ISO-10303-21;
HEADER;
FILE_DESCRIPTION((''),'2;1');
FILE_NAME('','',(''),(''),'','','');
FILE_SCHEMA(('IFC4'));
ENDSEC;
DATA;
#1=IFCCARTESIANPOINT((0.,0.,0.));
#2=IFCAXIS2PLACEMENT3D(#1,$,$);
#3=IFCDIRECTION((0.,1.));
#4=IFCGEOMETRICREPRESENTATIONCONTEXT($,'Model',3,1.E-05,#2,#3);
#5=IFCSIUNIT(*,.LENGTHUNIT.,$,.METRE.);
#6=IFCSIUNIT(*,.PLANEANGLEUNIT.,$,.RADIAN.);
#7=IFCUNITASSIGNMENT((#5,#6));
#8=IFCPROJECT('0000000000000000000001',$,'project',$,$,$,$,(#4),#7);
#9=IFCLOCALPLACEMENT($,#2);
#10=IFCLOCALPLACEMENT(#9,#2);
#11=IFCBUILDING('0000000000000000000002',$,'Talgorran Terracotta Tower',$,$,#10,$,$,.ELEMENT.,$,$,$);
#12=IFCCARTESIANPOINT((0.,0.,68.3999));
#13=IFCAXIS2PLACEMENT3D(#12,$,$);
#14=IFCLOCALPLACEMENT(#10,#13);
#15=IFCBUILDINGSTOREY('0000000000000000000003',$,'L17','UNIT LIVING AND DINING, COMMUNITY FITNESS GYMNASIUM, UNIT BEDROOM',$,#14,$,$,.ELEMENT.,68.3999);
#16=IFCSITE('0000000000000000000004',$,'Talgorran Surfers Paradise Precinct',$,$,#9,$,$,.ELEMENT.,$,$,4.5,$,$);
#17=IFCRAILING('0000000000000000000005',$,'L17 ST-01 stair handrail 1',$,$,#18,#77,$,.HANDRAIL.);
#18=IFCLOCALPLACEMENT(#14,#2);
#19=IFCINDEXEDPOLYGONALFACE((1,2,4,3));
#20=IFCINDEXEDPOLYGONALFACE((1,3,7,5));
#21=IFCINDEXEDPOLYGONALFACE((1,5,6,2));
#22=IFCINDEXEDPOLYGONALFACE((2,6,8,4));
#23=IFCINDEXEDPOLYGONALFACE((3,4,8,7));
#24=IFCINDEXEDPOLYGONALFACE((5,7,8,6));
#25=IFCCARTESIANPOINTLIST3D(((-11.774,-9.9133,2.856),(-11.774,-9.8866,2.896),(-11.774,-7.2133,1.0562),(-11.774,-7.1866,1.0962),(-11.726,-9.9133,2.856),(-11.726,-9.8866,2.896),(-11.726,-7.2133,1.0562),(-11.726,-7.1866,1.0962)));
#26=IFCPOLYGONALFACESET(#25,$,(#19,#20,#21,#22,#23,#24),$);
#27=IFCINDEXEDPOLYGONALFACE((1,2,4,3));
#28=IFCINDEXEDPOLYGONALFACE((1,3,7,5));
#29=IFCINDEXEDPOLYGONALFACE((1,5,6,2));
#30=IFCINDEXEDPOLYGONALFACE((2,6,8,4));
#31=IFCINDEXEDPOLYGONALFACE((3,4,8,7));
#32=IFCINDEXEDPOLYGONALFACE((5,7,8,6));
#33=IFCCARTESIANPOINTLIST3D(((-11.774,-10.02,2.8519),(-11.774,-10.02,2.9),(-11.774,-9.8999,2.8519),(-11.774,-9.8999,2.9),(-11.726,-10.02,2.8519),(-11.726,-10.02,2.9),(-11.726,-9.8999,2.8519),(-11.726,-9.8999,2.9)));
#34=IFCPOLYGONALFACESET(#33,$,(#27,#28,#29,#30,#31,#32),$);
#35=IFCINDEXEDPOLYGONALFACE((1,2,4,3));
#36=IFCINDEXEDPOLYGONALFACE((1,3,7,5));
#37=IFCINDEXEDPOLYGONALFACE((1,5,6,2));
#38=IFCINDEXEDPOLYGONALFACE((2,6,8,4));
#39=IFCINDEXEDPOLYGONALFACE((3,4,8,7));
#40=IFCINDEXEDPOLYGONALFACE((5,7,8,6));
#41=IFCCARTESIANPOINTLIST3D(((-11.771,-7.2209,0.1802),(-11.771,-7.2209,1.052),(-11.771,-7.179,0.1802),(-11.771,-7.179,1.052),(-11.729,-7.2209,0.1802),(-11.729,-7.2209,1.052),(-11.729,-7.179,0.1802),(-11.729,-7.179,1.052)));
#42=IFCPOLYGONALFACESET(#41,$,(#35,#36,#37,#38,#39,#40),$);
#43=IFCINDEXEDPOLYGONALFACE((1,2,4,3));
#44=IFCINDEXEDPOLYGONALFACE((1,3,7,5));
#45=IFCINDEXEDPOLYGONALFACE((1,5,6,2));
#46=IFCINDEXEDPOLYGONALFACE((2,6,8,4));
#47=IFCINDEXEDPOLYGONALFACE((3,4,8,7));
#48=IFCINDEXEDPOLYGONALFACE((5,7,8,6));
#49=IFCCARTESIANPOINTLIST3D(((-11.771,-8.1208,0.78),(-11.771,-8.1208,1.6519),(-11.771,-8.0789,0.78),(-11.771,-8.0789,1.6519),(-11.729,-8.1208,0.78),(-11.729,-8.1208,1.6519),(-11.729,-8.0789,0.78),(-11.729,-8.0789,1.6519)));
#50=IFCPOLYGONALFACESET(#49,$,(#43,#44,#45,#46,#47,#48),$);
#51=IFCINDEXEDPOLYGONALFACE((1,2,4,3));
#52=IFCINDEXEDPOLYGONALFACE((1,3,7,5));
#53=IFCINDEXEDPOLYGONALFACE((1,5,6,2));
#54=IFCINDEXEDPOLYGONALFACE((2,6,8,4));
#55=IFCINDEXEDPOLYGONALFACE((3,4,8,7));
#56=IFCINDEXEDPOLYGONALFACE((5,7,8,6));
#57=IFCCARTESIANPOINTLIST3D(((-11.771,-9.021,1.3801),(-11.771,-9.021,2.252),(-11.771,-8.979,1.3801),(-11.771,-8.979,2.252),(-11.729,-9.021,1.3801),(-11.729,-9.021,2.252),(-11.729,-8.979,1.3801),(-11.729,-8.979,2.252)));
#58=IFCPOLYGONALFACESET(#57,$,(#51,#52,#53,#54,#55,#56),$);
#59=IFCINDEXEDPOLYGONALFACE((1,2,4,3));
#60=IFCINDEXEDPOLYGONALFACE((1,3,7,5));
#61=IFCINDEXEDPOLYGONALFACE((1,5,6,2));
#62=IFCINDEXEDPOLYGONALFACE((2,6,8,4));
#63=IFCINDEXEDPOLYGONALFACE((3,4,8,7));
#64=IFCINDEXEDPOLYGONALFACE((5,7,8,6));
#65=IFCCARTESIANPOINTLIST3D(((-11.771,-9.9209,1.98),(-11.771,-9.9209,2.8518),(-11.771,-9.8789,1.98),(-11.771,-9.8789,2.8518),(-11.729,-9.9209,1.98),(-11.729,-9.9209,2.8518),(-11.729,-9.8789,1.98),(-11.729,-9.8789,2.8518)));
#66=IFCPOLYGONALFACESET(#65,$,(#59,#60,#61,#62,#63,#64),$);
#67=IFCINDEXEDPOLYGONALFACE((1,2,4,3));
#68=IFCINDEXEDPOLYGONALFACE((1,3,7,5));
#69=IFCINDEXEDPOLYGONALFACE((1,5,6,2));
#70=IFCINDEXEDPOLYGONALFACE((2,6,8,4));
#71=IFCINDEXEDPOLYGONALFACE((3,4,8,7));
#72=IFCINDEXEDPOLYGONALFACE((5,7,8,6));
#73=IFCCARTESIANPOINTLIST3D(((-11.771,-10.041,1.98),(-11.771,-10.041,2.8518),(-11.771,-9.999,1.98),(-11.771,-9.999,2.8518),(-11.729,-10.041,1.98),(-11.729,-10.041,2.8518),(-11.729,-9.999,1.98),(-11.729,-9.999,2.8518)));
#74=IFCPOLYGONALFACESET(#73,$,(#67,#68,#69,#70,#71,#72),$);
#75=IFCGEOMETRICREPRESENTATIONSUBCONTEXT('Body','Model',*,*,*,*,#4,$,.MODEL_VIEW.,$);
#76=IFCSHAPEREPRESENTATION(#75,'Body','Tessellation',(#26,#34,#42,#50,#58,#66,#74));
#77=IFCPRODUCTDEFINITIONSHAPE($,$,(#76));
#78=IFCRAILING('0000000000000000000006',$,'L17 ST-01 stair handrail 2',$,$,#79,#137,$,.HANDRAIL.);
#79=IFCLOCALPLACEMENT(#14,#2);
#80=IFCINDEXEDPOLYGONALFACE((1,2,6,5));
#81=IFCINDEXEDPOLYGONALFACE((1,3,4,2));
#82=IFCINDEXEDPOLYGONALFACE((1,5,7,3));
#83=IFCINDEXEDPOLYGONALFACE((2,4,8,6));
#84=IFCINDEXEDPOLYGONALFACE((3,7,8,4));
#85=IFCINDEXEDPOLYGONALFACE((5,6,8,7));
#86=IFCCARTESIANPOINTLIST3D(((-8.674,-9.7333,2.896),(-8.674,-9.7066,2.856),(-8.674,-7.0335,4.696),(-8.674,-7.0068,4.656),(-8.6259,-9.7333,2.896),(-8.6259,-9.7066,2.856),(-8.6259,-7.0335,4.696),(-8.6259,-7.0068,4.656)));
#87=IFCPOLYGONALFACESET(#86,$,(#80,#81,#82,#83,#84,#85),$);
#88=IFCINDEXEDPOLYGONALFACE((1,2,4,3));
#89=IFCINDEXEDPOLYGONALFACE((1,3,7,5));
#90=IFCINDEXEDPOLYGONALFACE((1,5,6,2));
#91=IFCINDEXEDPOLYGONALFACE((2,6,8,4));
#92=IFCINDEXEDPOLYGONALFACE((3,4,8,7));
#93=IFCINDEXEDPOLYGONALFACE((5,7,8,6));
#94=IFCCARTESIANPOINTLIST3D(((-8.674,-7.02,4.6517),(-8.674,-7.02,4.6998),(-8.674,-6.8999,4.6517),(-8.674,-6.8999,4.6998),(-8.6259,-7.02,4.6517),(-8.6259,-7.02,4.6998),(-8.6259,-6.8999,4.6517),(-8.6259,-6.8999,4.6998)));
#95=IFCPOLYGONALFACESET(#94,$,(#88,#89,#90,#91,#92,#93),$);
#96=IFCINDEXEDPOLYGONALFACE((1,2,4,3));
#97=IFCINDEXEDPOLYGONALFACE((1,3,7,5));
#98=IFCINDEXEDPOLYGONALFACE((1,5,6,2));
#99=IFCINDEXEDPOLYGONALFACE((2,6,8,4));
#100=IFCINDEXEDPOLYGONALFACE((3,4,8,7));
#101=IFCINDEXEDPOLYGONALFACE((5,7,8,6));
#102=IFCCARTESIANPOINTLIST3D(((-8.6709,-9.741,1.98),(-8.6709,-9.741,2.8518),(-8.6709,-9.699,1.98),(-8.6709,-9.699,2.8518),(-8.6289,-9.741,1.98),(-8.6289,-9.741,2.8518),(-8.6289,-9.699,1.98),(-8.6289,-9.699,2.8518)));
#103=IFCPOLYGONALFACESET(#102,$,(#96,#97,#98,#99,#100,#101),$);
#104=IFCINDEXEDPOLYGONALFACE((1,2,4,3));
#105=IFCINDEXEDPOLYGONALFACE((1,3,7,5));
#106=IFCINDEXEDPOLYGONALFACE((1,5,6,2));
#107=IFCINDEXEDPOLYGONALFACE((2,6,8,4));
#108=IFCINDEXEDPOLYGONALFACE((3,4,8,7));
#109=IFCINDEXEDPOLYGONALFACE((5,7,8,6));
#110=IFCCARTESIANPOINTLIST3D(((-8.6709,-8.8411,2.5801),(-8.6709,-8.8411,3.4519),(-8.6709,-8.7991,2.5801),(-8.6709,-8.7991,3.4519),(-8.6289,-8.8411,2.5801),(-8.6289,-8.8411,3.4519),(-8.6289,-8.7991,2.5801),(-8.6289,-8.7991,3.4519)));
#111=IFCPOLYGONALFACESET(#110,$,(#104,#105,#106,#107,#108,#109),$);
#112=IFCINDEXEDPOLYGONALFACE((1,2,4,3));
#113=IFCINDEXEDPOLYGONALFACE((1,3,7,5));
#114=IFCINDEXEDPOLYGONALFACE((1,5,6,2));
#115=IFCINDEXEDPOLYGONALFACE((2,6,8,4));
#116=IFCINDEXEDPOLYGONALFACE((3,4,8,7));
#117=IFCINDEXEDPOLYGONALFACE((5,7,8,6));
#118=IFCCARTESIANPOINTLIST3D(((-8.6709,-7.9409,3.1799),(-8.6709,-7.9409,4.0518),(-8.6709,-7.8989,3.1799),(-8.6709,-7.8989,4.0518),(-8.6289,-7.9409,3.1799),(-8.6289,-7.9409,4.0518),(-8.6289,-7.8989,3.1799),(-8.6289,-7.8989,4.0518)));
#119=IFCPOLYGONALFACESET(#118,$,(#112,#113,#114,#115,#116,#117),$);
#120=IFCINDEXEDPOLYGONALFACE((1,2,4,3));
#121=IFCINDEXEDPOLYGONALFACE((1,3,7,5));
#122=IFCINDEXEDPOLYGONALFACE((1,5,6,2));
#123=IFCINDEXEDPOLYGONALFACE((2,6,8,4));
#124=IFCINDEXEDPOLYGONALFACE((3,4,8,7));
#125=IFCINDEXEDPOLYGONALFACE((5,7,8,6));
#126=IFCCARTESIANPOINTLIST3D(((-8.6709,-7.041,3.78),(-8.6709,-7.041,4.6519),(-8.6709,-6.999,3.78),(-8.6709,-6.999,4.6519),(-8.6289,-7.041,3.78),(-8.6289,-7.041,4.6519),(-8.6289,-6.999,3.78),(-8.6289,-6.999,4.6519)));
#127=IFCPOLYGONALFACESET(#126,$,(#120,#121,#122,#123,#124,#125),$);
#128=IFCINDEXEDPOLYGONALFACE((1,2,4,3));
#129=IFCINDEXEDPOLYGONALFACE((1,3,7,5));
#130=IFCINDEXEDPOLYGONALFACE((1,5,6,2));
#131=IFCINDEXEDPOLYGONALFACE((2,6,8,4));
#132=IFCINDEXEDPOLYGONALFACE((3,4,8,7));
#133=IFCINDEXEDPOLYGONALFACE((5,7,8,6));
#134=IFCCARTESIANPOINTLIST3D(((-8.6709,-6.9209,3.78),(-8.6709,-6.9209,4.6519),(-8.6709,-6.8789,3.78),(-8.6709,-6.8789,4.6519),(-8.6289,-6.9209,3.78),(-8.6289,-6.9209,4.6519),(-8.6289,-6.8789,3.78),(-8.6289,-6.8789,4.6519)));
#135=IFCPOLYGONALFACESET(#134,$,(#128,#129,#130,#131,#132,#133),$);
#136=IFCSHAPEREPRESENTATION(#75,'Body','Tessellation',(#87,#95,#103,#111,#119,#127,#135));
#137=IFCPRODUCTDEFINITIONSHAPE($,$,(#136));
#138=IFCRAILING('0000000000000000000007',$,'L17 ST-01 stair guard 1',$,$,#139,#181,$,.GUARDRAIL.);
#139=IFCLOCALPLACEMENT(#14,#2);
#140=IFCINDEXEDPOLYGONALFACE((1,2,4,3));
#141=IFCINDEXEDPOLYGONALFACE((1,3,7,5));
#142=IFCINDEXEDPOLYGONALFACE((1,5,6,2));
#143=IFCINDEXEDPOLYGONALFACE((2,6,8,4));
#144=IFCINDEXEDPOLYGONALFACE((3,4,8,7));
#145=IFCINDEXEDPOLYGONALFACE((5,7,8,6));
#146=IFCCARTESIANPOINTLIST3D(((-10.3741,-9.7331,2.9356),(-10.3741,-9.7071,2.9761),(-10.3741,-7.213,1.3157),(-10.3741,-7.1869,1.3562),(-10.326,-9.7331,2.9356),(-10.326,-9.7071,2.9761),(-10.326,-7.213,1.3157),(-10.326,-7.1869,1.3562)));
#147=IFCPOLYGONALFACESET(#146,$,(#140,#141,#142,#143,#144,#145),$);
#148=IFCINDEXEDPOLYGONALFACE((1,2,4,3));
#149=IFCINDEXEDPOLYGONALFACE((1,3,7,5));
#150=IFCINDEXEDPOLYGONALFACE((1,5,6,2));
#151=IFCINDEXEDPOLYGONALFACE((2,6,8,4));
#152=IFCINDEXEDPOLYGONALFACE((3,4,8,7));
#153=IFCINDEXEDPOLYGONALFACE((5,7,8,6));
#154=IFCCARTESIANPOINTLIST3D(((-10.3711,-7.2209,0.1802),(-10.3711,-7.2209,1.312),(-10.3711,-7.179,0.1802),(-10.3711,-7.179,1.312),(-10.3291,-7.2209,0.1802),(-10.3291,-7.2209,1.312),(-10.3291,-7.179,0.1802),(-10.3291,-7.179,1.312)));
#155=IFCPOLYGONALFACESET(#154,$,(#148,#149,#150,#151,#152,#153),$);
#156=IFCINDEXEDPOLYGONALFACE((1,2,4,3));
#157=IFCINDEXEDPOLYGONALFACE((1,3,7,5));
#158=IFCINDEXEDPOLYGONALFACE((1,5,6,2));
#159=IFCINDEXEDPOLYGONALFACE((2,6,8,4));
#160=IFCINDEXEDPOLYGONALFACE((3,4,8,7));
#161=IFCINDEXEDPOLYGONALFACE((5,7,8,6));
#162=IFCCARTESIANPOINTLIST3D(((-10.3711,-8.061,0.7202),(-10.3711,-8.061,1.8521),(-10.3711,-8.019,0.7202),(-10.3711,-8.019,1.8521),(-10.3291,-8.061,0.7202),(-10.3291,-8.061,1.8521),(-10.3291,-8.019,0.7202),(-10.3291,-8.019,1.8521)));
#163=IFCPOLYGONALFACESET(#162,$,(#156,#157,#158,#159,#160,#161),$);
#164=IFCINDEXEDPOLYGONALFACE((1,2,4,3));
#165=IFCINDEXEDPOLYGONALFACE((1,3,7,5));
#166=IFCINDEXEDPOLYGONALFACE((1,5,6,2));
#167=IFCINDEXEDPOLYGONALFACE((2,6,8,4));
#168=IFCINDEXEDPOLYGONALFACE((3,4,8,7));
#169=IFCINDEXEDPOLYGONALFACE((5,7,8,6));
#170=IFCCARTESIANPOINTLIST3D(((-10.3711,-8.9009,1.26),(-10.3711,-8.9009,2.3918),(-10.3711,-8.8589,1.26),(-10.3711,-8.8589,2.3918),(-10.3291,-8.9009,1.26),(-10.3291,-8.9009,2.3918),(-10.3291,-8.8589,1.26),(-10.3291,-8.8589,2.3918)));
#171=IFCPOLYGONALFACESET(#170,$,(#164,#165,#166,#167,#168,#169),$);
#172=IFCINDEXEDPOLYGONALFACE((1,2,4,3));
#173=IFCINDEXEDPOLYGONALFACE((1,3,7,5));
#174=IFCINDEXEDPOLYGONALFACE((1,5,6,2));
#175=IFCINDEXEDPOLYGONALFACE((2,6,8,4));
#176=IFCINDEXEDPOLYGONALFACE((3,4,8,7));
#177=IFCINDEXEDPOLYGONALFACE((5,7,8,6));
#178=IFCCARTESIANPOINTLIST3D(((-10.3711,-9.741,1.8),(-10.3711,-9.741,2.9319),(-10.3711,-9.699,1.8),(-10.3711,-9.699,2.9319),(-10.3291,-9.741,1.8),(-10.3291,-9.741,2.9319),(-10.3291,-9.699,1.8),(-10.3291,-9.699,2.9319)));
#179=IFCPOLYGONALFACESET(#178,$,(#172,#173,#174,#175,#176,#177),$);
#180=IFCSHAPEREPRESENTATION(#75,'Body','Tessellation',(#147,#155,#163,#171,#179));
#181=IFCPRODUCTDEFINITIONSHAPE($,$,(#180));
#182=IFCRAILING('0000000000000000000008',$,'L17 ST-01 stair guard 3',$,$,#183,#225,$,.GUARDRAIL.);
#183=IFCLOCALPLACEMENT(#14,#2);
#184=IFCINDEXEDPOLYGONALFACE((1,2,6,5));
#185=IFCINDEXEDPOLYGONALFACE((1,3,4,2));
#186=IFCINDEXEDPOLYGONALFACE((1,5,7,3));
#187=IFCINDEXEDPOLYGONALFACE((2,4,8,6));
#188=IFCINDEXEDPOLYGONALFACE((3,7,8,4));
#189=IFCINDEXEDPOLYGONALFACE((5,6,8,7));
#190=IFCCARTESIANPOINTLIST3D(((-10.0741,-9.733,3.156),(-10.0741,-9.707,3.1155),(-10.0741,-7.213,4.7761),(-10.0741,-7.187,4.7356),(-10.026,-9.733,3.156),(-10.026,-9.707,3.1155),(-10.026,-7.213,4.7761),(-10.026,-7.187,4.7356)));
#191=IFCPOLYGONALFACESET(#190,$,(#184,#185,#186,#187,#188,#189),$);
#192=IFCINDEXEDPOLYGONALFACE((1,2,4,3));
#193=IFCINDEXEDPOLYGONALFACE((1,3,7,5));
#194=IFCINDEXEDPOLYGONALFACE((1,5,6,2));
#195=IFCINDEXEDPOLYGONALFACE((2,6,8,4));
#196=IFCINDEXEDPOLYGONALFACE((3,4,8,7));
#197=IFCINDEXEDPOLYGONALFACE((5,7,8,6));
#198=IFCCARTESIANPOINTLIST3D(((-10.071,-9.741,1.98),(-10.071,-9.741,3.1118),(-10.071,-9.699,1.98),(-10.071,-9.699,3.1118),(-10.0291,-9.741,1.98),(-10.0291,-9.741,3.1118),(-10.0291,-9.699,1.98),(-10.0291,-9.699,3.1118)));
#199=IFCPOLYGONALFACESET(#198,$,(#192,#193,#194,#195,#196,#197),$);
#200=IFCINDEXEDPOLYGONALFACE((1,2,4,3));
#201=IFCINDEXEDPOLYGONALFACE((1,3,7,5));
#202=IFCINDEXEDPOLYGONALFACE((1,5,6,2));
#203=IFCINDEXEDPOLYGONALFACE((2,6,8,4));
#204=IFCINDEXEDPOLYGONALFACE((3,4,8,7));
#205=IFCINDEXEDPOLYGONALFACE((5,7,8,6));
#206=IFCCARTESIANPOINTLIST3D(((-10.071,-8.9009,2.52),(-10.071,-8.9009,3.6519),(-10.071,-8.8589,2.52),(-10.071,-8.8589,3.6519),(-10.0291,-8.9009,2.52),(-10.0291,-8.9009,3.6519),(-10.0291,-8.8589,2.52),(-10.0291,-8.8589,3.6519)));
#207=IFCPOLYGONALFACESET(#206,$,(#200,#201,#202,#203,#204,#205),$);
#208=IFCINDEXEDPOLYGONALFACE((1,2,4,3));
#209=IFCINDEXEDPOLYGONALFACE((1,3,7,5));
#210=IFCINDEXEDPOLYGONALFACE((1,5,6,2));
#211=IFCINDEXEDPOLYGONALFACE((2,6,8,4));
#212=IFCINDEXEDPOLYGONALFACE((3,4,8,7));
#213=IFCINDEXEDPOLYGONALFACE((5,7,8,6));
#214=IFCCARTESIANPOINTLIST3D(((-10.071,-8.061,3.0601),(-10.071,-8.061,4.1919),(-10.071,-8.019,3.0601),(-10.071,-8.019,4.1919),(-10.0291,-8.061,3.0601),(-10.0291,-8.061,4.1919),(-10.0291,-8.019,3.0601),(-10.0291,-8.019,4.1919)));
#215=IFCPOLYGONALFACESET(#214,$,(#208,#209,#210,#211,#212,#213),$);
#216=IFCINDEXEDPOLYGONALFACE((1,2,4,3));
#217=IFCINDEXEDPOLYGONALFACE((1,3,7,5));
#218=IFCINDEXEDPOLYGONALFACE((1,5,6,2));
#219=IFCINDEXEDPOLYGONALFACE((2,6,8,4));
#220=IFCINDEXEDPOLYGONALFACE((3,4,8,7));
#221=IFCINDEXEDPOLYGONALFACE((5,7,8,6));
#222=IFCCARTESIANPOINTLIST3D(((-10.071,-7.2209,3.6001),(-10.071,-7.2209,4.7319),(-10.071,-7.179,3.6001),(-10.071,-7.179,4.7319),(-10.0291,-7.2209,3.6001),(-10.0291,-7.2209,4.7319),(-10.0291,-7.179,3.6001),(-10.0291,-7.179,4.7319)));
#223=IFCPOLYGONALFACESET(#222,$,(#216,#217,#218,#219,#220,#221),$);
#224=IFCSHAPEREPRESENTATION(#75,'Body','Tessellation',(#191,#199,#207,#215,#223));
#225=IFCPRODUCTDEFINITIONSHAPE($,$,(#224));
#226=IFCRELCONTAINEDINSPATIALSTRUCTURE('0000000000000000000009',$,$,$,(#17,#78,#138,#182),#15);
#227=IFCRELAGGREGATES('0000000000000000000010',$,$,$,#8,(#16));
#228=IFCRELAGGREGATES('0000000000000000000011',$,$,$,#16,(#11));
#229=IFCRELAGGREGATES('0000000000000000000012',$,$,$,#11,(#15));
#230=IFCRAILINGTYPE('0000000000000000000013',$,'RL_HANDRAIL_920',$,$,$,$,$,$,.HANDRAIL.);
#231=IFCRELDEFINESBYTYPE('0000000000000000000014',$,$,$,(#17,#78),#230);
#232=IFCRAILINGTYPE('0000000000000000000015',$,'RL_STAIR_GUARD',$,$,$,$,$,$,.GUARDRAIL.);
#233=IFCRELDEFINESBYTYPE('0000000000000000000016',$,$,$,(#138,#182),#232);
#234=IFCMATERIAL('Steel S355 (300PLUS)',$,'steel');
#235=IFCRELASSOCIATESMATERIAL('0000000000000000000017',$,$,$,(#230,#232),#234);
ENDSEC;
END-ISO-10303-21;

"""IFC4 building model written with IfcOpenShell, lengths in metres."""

from ifc_helpers import new_model, si_unit, direction, frame, origin, origin_2d, place, context, subcontext, project, spatial, rectangle, extrude, material, type_object, element, save


model = new_model("IFC4")

# Units and contexts
model_context = context("Model", 3, precision=1e-05, world=origin(), true_north=direction((0.0, 1.0)))
body_context = subcontext(model_context, "Body", "Model", "MODEL_VIEW")
ifc_project = project(units=[si_unit("LENGTHUNIT", "METRE"), si_unit("PLANEANGLEUNIT", "RADIAN")], contexts=[model_context])

# Site, building, storey
site_placement = place(None, origin())
site = spatial("IfcSite", under=ifc_project, at=site_placement, Name="Talgorran Surfers Paradise Precinct", CompositionType="ELEMENT", RefElevation=4.5)
building_placement = place(site_placement, origin())
building = spatial("IfcBuilding", under=site, at=building_placement, Name="Talgorran Terracotta Tower", CompositionType="ELEMENT")
storey_placement = place(building_placement, frame((0.0, 0.0, 68.3999)))
storey = spatial("IfcBuildingStorey", under=building, at=storey_placement, Name="L17", Description="UNIT LIVING AND DINING, COMMUNITY FITNESS GYMNASIUM, UNIT BEDROOM", CompositionType="ELEMENT", Elevation=68.3999)

# Railings
ifc_material_1 = material(Name="Steel S355 (300PLUS)", Category="steel")
railing_type_1 = type_object("IfcRailingType", Name="RL_HANDRAIL_920", PredefinedType="HANDRAIL", material=ifc_material_1)
railing_1_placement = place(storey_placement, frame((-11.75, -7.2, 0.1802)))
element("IfcRailing", 1, at=railing_1_placement, inside=storey, type_object=railing_type_1, Name="L17 ST-01 stair handrail 1", PredefinedType="HANDRAIL", context=body_context, shape_type="SweptSolid", body=[
    extrude(rectangle(XDim=0.0481, YDim=0.0481, at=origin_2d()), frame((0.0, 0.0, 0.896), z_axis=(0.0, -0.832073, 0.554665), x_axis=(1.0, 0.0, 0.0)), (0.0, 0.0, 1.0), 3.2449),
    extrude(rectangle(XDim=0.0481, YDim=0.0481, at=origin_2d()), frame((0.0, -2.7, 2.6958), z_axis=(0.0, -1.0, 0.0), x_axis=(1.0, 0.0, 0.0)), (0.0, 0.0, 1.0), 0.1201),
    extrude(rectangle(XDim=0.042, YDim=0.042, at=origin_2d()), origin(), (0.0, 0.0, 1.0), 0.8718),
    extrude(rectangle(XDim=0.042, YDim=0.042, at=origin_2d()), frame((0.0, -0.8999, 0.5999)), (0.0, 0.0, 1.0), 0.8718),
    extrude(rectangle(XDim=0.042, YDim=0.042, at=origin_2d()), frame((0.0, -1.8, 1.2)), (0.0, 0.0, 1.0), 0.8718),
    extrude(rectangle(XDim=0.042, YDim=0.042, at=origin_2d()), frame((0.0, -2.7, 1.7998)), (0.0, 0.0, 1.0), 0.8718),
    extrude(rectangle(XDim=0.042, YDim=0.042, at=origin_2d()), frame((0.0, -2.8201, 1.7998)), (0.0, 0.0, 1.0), 0.8718),
])
railing_2_placement = place(storey_placement, frame((-8.6499, -9.72, 1.98)))
element("IfcRailing", 2, at=railing_2_placement, inside=storey, type_object=railing_type_1, Name="L17 ST-01 stair handrail 2", PredefinedType="HANDRAIL", context=body_context, shape_type="SweptSolid", body=[
    extrude(rectangle(XDim=0.0481, YDim=0.0481, at=origin_2d()), frame((0.0, 0.0, 0.896), z_axis=(0.0, 0.832039, 0.554718), x_axis=(-1.0, 0.0, 0.0)), (0.0, 0.0, 1.0), 3.2449),
    extrude(rectangle(XDim=0.0481, YDim=0.0481, at=origin_2d()), frame((0.0, 2.7, 2.6958), z_axis=(0.0, 1.0, 0.0), x_axis=(-1.0, 0.0, 0.0)), (0.0, 0.0, 1.0), 0.1201),
    extrude(rectangle(XDim=0.042, YDim=0.042, at=origin_2d()), origin(), (0.0, 0.0, 1.0), 0.8718),
    extrude(rectangle(XDim=0.042, YDim=0.042, at=origin_2d()), frame((0.0, 0.8999, 0.6001)), (0.0, 0.0, 1.0), 0.8718),
    extrude(rectangle(XDim=0.042, YDim=0.042, at=origin_2d()), frame((0.0, 1.8, 1.2)), (0.0, 0.0, 1.0), 0.8718),
    extrude(rectangle(XDim=0.042, YDim=0.042, at=origin_2d()), frame((0.0, 2.7, 1.8)), (0.0, 0.0, 1.0), 0.8718),
    extrude(rectangle(XDim=0.042, YDim=0.042, at=origin_2d()), frame((0.0, 2.8201, 1.8)), (0.0, 0.0, 1.0), 0.8718),
])
railing_type_2 = type_object("IfcRailingType", Name="RL_STAIR_GUARD", PredefinedType="GUARDRAIL", material=ifc_material_1)
railing_3_placement = place(storey_placement, frame((-10.3501, -7.2, 0.1802)))
element("IfcRailing", 3, at=railing_3_placement, inside=storey, type_object=railing_type_2, Name="L17 ST-01 stair guard 1", PredefinedType="GUARDRAIL", context=body_context, shape_type="SweptSolid", body=[
    extrude(rectangle(XDim=0.0481, YDim=0.0481, at=origin_2d()), frame((0.0, 0.0, 1.1558), z_axis=(0.0, -0.8412, 0.540725), x_axis=(1.0, 0.0, 0.0)), (0.0, 0.0, 1.0), 2.9958),
    extrude(rectangle(XDim=0.042, YDim=0.042, at=origin_2d()), origin(), (0.0, 0.0, 1.0), 1.1318),
    extrude(rectangle(XDim=0.042, YDim=0.042, at=origin_2d()), frame((0.0, -0.8401, 0.54)), (0.0, 0.0, 1.0), 1.1318),
    extrude(rectangle(XDim=0.042, YDim=0.042, at=origin_2d()), frame((0.0, -1.6799, 1.0798)), (0.0, 0.0, 1.0), 1.1318),
    extrude(rectangle(XDim=0.042, YDim=0.042, at=origin_2d()), frame((0.0, -2.52, 1.6199)), (0.0, 0.0, 1.0), 1.1318),
])
railing_4_placement = place(storey_placement, frame((-10.05, -9.72, 1.98)))
element("IfcRailing", 4, at=railing_4_placement, inside=storey, type_object=railing_type_2, Name="L17 ST-01 stair guard 3", PredefinedType="GUARDRAIL", context=body_context, shape_type="SweptSolid", body=[
    extrude(rectangle(XDim=0.0481, YDim=0.0481, at=origin_2d()), frame((0.0, 0.0, 1.1558), z_axis=(0.0, 0.841163, 0.540782), x_axis=(-1.0, 0.0, 0.0)), (0.0, 0.0, 1.0), 2.9958),
    extrude(rectangle(XDim=0.042, YDim=0.042, at=origin_2d()), origin(), (0.0, 0.0, 1.0), 1.1318),
    extrude(rectangle(XDim=0.042, YDim=0.042, at=origin_2d()), frame((0.0, 0.8401, 0.54)), (0.0, 0.0, 1.0), 1.1318),
    extrude(rectangle(XDim=0.042, YDim=0.042, at=origin_2d()), frame((0.0, 1.6799, 1.0801)), (0.0, 0.0, 1.0), 1.1318),
    extrude(rectangle(XDim=0.042, YDim=0.042, at=origin_2d()), frame((0.0, 2.52, 1.6201)), (0.0, 0.0, 1.0), 1.1318),
])

save(model, "model.ifc")
